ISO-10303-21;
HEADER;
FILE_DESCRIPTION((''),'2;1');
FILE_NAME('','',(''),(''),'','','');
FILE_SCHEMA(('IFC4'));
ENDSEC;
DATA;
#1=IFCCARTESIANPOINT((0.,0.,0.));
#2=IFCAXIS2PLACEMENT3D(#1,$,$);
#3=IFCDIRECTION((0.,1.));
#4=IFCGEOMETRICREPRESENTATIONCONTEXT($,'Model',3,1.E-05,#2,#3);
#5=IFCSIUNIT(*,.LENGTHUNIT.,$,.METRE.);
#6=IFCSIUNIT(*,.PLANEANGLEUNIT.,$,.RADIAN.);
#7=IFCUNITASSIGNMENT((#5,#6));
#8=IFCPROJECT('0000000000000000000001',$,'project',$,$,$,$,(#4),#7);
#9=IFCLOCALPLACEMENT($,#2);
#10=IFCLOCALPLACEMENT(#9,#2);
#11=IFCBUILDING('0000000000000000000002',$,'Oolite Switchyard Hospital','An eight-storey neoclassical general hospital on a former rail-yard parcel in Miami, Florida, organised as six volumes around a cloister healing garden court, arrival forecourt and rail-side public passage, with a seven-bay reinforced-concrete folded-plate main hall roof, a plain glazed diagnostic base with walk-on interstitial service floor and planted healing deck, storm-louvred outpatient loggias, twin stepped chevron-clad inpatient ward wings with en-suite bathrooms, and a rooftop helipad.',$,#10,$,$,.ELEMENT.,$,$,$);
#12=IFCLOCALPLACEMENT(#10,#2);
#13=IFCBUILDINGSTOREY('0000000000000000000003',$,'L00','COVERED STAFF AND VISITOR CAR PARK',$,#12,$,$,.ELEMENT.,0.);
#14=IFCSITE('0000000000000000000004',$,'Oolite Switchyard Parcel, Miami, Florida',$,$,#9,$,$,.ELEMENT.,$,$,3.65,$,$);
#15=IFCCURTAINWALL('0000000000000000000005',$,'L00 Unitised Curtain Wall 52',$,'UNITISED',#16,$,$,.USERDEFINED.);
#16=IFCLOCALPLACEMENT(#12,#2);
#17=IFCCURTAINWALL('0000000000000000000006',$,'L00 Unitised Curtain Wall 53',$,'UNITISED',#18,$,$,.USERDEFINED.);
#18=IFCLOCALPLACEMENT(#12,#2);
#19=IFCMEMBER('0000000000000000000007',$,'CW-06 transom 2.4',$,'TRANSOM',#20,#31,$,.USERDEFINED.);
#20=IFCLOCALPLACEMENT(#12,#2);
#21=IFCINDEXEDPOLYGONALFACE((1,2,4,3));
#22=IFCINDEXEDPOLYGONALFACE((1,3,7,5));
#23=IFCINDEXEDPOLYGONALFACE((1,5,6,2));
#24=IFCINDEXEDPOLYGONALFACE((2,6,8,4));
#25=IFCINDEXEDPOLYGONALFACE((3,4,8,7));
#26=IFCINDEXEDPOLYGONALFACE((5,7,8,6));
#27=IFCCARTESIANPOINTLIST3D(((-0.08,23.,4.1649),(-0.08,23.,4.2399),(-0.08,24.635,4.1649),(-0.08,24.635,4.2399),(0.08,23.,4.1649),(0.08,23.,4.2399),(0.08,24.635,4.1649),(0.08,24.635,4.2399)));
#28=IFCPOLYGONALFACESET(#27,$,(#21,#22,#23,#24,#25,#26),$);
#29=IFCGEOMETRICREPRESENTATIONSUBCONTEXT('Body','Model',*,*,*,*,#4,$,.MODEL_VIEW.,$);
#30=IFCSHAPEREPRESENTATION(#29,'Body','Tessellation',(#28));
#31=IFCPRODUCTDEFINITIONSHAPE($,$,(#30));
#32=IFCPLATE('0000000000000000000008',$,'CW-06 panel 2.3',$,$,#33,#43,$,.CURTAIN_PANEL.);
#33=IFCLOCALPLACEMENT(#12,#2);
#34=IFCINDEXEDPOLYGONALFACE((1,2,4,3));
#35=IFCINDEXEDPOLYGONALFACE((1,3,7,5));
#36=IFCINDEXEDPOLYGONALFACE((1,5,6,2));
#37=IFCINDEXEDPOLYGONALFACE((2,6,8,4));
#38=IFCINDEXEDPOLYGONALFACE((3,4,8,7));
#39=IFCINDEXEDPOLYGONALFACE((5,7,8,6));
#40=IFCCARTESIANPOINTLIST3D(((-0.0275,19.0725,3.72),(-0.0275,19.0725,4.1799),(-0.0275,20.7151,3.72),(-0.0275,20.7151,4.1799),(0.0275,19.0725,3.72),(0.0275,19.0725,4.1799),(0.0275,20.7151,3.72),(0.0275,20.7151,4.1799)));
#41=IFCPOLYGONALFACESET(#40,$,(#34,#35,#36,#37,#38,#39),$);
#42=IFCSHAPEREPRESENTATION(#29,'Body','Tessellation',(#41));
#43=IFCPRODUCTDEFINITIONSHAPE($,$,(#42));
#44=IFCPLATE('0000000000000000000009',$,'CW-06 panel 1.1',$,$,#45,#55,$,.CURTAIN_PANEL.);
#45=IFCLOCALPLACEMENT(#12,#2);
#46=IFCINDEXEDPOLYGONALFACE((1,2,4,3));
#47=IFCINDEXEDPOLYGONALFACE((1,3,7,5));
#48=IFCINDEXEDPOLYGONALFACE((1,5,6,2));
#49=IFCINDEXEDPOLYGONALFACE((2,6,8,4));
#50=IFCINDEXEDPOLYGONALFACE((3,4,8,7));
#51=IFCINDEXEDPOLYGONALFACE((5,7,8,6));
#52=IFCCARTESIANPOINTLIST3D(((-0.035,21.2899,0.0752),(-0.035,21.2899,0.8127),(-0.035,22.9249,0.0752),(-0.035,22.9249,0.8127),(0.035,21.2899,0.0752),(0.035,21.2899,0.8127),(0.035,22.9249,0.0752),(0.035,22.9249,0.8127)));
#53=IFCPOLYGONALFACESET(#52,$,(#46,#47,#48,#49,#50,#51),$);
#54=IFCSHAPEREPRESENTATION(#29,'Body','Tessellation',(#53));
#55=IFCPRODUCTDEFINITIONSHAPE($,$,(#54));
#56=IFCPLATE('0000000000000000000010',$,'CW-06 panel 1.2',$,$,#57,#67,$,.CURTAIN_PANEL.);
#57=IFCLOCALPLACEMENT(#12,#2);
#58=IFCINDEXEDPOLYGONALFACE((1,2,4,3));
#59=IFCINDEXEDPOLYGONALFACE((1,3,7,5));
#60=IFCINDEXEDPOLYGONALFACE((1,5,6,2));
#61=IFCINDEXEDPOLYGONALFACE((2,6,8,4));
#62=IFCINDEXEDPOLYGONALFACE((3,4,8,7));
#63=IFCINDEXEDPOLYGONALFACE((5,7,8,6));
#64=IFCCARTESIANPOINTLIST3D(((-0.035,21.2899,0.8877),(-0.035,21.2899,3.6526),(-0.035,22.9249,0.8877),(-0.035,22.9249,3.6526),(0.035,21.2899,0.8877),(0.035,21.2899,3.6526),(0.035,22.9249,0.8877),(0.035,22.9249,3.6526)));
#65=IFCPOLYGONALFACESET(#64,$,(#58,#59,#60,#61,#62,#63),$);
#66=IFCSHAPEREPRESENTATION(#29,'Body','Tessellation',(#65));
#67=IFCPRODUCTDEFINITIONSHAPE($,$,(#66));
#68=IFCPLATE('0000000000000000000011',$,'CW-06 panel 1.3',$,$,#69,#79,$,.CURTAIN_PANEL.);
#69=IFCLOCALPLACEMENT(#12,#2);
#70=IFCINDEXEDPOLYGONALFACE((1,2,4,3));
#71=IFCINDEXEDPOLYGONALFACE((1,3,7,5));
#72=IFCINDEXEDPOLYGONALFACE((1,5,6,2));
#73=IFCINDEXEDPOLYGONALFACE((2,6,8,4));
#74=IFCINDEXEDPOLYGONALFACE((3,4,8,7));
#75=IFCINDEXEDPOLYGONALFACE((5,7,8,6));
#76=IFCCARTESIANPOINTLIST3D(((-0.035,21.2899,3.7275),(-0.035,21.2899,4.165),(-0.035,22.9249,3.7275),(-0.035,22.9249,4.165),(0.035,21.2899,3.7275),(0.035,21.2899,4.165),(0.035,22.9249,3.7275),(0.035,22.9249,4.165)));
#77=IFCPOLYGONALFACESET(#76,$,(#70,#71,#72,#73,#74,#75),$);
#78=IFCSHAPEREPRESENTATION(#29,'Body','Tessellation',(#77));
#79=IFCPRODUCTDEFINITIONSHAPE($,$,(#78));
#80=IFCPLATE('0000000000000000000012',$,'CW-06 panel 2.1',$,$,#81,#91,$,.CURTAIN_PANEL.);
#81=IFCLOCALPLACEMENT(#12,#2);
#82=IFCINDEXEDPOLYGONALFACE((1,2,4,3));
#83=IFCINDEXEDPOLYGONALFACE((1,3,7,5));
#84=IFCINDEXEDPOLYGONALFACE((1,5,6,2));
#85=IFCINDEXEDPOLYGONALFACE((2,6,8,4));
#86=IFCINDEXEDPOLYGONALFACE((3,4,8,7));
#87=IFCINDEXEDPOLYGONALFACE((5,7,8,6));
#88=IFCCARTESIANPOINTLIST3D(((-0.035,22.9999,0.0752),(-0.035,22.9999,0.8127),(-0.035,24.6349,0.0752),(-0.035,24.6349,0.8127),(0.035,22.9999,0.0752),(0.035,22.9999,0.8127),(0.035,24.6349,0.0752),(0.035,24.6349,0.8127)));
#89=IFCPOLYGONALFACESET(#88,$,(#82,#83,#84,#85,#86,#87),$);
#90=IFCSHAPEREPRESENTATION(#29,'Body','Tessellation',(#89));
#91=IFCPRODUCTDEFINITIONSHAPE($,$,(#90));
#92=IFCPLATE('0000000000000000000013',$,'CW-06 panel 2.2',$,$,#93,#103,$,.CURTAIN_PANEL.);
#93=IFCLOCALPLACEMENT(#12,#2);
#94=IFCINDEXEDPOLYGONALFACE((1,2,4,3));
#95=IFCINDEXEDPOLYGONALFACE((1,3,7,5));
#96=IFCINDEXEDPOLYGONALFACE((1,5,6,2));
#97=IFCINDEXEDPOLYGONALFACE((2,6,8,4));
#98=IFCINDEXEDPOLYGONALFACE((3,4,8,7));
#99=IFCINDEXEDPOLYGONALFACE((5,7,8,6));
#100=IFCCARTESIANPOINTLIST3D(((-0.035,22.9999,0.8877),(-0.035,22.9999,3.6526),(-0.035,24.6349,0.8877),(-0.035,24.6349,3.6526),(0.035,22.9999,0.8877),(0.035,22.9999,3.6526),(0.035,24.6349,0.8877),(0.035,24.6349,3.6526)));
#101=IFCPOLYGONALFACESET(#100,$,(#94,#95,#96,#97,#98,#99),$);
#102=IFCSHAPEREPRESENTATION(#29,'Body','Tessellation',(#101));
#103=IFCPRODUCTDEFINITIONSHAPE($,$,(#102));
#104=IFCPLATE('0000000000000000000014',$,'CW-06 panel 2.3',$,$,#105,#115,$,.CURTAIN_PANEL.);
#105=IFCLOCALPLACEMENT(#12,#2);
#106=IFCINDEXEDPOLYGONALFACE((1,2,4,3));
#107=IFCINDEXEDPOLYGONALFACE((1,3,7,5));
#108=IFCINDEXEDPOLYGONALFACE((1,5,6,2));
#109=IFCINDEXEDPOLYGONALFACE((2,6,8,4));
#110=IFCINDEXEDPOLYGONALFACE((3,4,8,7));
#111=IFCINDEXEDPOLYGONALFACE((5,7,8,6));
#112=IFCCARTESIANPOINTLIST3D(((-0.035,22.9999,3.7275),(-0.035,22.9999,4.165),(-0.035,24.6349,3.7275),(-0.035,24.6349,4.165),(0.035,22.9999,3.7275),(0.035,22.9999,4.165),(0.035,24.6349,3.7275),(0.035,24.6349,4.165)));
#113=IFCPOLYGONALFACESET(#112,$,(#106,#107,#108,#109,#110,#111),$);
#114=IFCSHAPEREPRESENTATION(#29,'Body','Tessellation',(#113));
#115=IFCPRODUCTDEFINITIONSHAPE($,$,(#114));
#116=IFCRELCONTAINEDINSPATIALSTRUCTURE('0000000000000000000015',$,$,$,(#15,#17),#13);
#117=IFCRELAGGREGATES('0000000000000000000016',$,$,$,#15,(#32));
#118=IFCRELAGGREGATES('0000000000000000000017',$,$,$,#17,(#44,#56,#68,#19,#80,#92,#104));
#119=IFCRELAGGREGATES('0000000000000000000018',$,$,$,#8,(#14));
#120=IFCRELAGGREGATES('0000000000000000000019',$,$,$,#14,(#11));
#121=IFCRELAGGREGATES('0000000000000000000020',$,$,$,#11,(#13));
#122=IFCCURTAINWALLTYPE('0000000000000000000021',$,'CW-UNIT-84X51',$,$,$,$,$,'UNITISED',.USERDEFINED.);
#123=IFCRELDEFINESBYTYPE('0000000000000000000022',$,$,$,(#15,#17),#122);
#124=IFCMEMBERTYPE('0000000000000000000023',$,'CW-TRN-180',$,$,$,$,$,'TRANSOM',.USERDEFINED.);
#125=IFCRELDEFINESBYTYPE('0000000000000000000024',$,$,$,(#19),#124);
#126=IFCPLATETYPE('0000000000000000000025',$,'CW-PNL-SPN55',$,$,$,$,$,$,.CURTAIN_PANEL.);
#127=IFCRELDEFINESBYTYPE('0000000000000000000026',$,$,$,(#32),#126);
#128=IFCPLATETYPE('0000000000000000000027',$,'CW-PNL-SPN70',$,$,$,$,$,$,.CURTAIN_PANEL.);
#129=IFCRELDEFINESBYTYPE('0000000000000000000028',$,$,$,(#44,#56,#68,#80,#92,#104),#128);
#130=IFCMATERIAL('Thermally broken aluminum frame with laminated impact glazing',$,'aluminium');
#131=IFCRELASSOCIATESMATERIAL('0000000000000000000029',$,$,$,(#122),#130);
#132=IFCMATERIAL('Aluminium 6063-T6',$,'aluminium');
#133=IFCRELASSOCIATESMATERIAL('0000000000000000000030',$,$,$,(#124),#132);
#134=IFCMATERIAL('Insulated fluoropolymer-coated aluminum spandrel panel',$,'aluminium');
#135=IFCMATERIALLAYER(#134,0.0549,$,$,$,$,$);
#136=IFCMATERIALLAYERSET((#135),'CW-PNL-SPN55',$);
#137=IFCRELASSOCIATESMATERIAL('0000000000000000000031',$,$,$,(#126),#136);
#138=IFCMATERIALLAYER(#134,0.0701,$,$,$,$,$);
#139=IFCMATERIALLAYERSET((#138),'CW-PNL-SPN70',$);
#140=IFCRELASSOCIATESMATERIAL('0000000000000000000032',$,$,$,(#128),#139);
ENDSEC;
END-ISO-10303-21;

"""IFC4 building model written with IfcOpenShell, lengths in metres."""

from ifc_helpers import new_model, si_unit, direction, frame, origin, origin_2d, place, context, subcontext, project, spatial, rectangle, extrude, material, layer, layer_set, material_profile, profile_set, type_object, element, aggregate, save


model = new_model("IFC4")

# Units and contexts
model_context = context("Model", 3, precision=1e-05, world=origin(), true_north=direction((0.0, 1.0)))
body_context = subcontext(model_context, "Body", "Model", "MODEL_VIEW")
ifc_project = project(units=[si_unit("LENGTHUNIT", "METRE"), si_unit("PLANEANGLEUNIT", "RADIAN")], contexts=[model_context])

# Site, building, storey
site_placement = place(None, origin())
site = spatial("IfcSite", under=ifc_project, at=site_placement, Name="Oolite Switchyard Parcel, Miami, Florida", CompositionType="ELEMENT", RefElevation=3.65)
building_placement = place(site_placement, origin())
building = spatial("IfcBuilding", under=site, at=building_placement, Name="Oolite Switchyard Hospital", Description="An eight-storey neoclassical general hospital on a former rail-yard parcel in Miami, Florida, organised as six volumes around a cloister healing garden court, arrival forecourt and rail-side public passage, with a seven-bay reinforced-concrete folded-plate main hall roof, a plain glazed diagnostic base with walk-on interstitial service floor and planted healing deck, storm-louvred outpatient loggias, twin stepped chevron-clad inpatient ward wings with en-suite bathrooms, and a rooftop helipad.", CompositionType="ELEMENT")
storey_placement = place(building_placement, origin())
storey = spatial("IfcBuildingStorey", under=building, at=storey_placement, Name="L00", Description="COVERED STAFF AND VISITOR CAR PARK", CompositionType="ELEMENT", Elevation=0.0)

# Curtain wall
ifc_material_1 = material(Name="Thermally broken aluminum frame with laminated impact glazing", Category="aluminium")
curtain_wall_type = type_object("IfcCurtainWallType", Name="CW-UNIT-84X51", ElementType="UNITISED", PredefinedType="USERDEFINED", material=ifc_material_1)
curtain_wall_1_placement = place(storey_placement, origin())
curtain_wall_1 = element("IfcCurtainWall", 1, at=curtain_wall_1_placement, inside=storey, type_object=curtain_wall_type, Name="L00 Unitised Curtain Wall 52", ObjectType="UNITISED", PredefinedType="USERDEFINED")
ifc_material_2 = material(Name="Aluminium 6063-T6", Category="aluminium")

# Curtain wall, member
curtain_wall_2_placement = place(storey_placement, origin())
curtain_wall_2 = element("IfcCurtainWall", 2, at=curtain_wall_2_placement, inside=storey, type_object=curtain_wall_type, Name="L00 Unitised Curtain Wall 53", ObjectType="UNITISED", PredefinedType="USERDEFINED")
ifc_material_profile_1 = material_profile(ifc_material_2, rectangle(XDim=0.1599, YDim=0.075, at=origin_2d()), Name="CWT75X160")
ifc_profile_set_1 = profile_set([ifc_material_profile_1], Name="Aluminium 6063-T6")
member_type_1 = type_object("IfcMemberType", Name="CW-TRN-180", ElementType="TRANSOM", PredefinedType="USERDEFINED", material=ifc_profile_set_1)
member_1_placement = place(storey_placement, frame((0.0, 23.0, 4.2024), z_axis=(0.0, 1.0, 0.0), x_axis=(-1.0, 0.0, 0.0)))
member_1 = element("IfcMember", 3, at=member_1_placement, type_object=member_type_1, Name="CW-06 transom 2.4", ObjectType="TRANSOM", PredefinedType="USERDEFINED", context=body_context, shape_type="SweptSolid", body=[
    extrude(rectangle(XDim=0.1599, YDim=0.075, at=origin_2d()), origin(), (0.0, 0.0, 1.0), 1.635),
])

# Plates
ifc_material_3 = material(Name="Insulated fluoropolymer-coated aluminum spandrel panel", Category="aluminium")
ifc_layer_1 = layer(ifc_material_3, 0.0549)
ifc_layer_set_1 = layer_set([ifc_layer_1], Name="CW-PNL-SPN55")
plate_type_1 = type_object("IfcPlateType", Name="CW-PNL-SPN55", PredefinedType="CURTAIN_PANEL", material=ifc_layer_set_1)
plate_1_placement = place(storey_placement, frame((0.0, 19.8938, 3.72), z_axis=(0.0, 0.0, 1.0), x_axis=(0.0, 1.0, 0.0)))
plate_1 = element("IfcPlate", 4, at=plate_1_placement, type_object=plate_type_1, Name="CW-06 panel 2.3", PredefinedType="CURTAIN_PANEL", context=body_context, shape_type="SweptSolid", body=[
    extrude(rectangle(XDim=1.6426, YDim=0.0549, at=origin_2d()), origin(), (0.0, 0.0, 1.0), 0.46),
])
aggregate(curtain_wall_1, [plate_1])
ifc_layer_2 = layer(ifc_material_3, 0.0701)
ifc_layer_set_2 = layer_set([ifc_layer_2], Name="CW-PNL-SPN70")
plate_type_2 = type_object("IfcPlateType", Name="CW-PNL-SPN70", PredefinedType="CURTAIN_PANEL", material=ifc_layer_set_2)
plate_2_placement = place(storey_placement, frame((0.0, 22.1074, 0.0752), z_axis=(0.0, 0.0, 1.0), x_axis=(0.0, 1.0, 0.0)))
plate_2 = element("IfcPlate", 5, at=plate_2_placement, type_object=plate_type_2, Name="CW-06 panel 1.1", PredefinedType="CURTAIN_PANEL", context=body_context, shape_type="SweptSolid", body=[
    extrude(rectangle(XDim=1.635, YDim=0.0701, at=origin_2d()), origin(), (0.0, 0.0, 1.0), 0.7375),
])
plate_3_placement = place(storey_placement, frame((0.0, 22.1074, 0.8877), z_axis=(0.0, 0.0, 1.0), x_axis=(0.0, 1.0, 0.0)))
plate_3 = element("IfcPlate", 6, at=plate_3_placement, type_object=plate_type_2, Name="CW-06 panel 1.2", PredefinedType="CURTAIN_PANEL", context=body_context, shape_type="SweptSolid", body=[
    extrude(rectangle(XDim=1.635, YDim=0.0701, at=origin_2d()), origin(), (0.0, 0.0, 1.0), 2.7649),
])
plate_4_placement = place(storey_placement, frame((0.0, 22.1074, 3.7275), z_axis=(0.0, 0.0, 1.0), x_axis=(0.0, 1.0, 0.0)))
plate_4 = element("IfcPlate", 7, at=plate_4_placement, type_object=plate_type_2, Name="CW-06 panel 1.3", PredefinedType="CURTAIN_PANEL", context=body_context, shape_type="SweptSolid", body=[
    extrude(rectangle(XDim=1.635, YDim=0.0701, at=origin_2d()), origin(), (0.0, 0.0, 1.0), 0.4375),
])
plate_5_placement = place(storey_placement, frame((0.0, 23.8174, 0.0752), z_axis=(0.0, 0.0, 1.0), x_axis=(0.0, 1.0, 0.0)))
plate_5 = element("IfcPlate", 8, at=plate_5_placement, type_object=plate_type_2, Name="CW-06 panel 2.1", PredefinedType="CURTAIN_PANEL", context=body_context, shape_type="SweptSolid", body=[
    extrude(rectangle(XDim=1.635, YDim=0.0701, at=origin_2d()), origin(), (0.0, 0.0, 1.0), 0.7375),
])
plate_6_placement = place(storey_placement, frame((0.0, 23.8174, 0.8877), z_axis=(0.0, 0.0, 1.0), x_axis=(0.0, 1.0, 0.0)))
plate_6 = element("IfcPlate", 9, at=plate_6_placement, type_object=plate_type_2, Name="CW-06 panel 2.2", PredefinedType="CURTAIN_PANEL", context=body_context, shape_type="SweptSolid", body=[
    extrude(rectangle(XDim=1.635, YDim=0.0701, at=origin_2d()), origin(), (0.0, 0.0, 1.0), 2.7649),
])
plate_7_placement = place(storey_placement, frame((0.0, 23.8174, 3.7275), z_axis=(0.0, 0.0, 1.0), x_axis=(0.0, 1.0, 0.0)))
plate_7 = element("IfcPlate", 10, at=plate_7_placement, type_object=plate_type_2, Name="CW-06 panel 2.3", PredefinedType="CURTAIN_PANEL", context=body_context, shape_type="SweptSolid", body=[
    extrude(rectangle(XDim=1.635, YDim=0.0701, at=origin_2d()), origin(), (0.0, 0.0, 1.0), 0.4375),
])
aggregate(curtain_wall_2, [plate_2, plate_3, plate_4, member_1, plate_5, plate_6, plate_7])

save(model, "model.ifc")
